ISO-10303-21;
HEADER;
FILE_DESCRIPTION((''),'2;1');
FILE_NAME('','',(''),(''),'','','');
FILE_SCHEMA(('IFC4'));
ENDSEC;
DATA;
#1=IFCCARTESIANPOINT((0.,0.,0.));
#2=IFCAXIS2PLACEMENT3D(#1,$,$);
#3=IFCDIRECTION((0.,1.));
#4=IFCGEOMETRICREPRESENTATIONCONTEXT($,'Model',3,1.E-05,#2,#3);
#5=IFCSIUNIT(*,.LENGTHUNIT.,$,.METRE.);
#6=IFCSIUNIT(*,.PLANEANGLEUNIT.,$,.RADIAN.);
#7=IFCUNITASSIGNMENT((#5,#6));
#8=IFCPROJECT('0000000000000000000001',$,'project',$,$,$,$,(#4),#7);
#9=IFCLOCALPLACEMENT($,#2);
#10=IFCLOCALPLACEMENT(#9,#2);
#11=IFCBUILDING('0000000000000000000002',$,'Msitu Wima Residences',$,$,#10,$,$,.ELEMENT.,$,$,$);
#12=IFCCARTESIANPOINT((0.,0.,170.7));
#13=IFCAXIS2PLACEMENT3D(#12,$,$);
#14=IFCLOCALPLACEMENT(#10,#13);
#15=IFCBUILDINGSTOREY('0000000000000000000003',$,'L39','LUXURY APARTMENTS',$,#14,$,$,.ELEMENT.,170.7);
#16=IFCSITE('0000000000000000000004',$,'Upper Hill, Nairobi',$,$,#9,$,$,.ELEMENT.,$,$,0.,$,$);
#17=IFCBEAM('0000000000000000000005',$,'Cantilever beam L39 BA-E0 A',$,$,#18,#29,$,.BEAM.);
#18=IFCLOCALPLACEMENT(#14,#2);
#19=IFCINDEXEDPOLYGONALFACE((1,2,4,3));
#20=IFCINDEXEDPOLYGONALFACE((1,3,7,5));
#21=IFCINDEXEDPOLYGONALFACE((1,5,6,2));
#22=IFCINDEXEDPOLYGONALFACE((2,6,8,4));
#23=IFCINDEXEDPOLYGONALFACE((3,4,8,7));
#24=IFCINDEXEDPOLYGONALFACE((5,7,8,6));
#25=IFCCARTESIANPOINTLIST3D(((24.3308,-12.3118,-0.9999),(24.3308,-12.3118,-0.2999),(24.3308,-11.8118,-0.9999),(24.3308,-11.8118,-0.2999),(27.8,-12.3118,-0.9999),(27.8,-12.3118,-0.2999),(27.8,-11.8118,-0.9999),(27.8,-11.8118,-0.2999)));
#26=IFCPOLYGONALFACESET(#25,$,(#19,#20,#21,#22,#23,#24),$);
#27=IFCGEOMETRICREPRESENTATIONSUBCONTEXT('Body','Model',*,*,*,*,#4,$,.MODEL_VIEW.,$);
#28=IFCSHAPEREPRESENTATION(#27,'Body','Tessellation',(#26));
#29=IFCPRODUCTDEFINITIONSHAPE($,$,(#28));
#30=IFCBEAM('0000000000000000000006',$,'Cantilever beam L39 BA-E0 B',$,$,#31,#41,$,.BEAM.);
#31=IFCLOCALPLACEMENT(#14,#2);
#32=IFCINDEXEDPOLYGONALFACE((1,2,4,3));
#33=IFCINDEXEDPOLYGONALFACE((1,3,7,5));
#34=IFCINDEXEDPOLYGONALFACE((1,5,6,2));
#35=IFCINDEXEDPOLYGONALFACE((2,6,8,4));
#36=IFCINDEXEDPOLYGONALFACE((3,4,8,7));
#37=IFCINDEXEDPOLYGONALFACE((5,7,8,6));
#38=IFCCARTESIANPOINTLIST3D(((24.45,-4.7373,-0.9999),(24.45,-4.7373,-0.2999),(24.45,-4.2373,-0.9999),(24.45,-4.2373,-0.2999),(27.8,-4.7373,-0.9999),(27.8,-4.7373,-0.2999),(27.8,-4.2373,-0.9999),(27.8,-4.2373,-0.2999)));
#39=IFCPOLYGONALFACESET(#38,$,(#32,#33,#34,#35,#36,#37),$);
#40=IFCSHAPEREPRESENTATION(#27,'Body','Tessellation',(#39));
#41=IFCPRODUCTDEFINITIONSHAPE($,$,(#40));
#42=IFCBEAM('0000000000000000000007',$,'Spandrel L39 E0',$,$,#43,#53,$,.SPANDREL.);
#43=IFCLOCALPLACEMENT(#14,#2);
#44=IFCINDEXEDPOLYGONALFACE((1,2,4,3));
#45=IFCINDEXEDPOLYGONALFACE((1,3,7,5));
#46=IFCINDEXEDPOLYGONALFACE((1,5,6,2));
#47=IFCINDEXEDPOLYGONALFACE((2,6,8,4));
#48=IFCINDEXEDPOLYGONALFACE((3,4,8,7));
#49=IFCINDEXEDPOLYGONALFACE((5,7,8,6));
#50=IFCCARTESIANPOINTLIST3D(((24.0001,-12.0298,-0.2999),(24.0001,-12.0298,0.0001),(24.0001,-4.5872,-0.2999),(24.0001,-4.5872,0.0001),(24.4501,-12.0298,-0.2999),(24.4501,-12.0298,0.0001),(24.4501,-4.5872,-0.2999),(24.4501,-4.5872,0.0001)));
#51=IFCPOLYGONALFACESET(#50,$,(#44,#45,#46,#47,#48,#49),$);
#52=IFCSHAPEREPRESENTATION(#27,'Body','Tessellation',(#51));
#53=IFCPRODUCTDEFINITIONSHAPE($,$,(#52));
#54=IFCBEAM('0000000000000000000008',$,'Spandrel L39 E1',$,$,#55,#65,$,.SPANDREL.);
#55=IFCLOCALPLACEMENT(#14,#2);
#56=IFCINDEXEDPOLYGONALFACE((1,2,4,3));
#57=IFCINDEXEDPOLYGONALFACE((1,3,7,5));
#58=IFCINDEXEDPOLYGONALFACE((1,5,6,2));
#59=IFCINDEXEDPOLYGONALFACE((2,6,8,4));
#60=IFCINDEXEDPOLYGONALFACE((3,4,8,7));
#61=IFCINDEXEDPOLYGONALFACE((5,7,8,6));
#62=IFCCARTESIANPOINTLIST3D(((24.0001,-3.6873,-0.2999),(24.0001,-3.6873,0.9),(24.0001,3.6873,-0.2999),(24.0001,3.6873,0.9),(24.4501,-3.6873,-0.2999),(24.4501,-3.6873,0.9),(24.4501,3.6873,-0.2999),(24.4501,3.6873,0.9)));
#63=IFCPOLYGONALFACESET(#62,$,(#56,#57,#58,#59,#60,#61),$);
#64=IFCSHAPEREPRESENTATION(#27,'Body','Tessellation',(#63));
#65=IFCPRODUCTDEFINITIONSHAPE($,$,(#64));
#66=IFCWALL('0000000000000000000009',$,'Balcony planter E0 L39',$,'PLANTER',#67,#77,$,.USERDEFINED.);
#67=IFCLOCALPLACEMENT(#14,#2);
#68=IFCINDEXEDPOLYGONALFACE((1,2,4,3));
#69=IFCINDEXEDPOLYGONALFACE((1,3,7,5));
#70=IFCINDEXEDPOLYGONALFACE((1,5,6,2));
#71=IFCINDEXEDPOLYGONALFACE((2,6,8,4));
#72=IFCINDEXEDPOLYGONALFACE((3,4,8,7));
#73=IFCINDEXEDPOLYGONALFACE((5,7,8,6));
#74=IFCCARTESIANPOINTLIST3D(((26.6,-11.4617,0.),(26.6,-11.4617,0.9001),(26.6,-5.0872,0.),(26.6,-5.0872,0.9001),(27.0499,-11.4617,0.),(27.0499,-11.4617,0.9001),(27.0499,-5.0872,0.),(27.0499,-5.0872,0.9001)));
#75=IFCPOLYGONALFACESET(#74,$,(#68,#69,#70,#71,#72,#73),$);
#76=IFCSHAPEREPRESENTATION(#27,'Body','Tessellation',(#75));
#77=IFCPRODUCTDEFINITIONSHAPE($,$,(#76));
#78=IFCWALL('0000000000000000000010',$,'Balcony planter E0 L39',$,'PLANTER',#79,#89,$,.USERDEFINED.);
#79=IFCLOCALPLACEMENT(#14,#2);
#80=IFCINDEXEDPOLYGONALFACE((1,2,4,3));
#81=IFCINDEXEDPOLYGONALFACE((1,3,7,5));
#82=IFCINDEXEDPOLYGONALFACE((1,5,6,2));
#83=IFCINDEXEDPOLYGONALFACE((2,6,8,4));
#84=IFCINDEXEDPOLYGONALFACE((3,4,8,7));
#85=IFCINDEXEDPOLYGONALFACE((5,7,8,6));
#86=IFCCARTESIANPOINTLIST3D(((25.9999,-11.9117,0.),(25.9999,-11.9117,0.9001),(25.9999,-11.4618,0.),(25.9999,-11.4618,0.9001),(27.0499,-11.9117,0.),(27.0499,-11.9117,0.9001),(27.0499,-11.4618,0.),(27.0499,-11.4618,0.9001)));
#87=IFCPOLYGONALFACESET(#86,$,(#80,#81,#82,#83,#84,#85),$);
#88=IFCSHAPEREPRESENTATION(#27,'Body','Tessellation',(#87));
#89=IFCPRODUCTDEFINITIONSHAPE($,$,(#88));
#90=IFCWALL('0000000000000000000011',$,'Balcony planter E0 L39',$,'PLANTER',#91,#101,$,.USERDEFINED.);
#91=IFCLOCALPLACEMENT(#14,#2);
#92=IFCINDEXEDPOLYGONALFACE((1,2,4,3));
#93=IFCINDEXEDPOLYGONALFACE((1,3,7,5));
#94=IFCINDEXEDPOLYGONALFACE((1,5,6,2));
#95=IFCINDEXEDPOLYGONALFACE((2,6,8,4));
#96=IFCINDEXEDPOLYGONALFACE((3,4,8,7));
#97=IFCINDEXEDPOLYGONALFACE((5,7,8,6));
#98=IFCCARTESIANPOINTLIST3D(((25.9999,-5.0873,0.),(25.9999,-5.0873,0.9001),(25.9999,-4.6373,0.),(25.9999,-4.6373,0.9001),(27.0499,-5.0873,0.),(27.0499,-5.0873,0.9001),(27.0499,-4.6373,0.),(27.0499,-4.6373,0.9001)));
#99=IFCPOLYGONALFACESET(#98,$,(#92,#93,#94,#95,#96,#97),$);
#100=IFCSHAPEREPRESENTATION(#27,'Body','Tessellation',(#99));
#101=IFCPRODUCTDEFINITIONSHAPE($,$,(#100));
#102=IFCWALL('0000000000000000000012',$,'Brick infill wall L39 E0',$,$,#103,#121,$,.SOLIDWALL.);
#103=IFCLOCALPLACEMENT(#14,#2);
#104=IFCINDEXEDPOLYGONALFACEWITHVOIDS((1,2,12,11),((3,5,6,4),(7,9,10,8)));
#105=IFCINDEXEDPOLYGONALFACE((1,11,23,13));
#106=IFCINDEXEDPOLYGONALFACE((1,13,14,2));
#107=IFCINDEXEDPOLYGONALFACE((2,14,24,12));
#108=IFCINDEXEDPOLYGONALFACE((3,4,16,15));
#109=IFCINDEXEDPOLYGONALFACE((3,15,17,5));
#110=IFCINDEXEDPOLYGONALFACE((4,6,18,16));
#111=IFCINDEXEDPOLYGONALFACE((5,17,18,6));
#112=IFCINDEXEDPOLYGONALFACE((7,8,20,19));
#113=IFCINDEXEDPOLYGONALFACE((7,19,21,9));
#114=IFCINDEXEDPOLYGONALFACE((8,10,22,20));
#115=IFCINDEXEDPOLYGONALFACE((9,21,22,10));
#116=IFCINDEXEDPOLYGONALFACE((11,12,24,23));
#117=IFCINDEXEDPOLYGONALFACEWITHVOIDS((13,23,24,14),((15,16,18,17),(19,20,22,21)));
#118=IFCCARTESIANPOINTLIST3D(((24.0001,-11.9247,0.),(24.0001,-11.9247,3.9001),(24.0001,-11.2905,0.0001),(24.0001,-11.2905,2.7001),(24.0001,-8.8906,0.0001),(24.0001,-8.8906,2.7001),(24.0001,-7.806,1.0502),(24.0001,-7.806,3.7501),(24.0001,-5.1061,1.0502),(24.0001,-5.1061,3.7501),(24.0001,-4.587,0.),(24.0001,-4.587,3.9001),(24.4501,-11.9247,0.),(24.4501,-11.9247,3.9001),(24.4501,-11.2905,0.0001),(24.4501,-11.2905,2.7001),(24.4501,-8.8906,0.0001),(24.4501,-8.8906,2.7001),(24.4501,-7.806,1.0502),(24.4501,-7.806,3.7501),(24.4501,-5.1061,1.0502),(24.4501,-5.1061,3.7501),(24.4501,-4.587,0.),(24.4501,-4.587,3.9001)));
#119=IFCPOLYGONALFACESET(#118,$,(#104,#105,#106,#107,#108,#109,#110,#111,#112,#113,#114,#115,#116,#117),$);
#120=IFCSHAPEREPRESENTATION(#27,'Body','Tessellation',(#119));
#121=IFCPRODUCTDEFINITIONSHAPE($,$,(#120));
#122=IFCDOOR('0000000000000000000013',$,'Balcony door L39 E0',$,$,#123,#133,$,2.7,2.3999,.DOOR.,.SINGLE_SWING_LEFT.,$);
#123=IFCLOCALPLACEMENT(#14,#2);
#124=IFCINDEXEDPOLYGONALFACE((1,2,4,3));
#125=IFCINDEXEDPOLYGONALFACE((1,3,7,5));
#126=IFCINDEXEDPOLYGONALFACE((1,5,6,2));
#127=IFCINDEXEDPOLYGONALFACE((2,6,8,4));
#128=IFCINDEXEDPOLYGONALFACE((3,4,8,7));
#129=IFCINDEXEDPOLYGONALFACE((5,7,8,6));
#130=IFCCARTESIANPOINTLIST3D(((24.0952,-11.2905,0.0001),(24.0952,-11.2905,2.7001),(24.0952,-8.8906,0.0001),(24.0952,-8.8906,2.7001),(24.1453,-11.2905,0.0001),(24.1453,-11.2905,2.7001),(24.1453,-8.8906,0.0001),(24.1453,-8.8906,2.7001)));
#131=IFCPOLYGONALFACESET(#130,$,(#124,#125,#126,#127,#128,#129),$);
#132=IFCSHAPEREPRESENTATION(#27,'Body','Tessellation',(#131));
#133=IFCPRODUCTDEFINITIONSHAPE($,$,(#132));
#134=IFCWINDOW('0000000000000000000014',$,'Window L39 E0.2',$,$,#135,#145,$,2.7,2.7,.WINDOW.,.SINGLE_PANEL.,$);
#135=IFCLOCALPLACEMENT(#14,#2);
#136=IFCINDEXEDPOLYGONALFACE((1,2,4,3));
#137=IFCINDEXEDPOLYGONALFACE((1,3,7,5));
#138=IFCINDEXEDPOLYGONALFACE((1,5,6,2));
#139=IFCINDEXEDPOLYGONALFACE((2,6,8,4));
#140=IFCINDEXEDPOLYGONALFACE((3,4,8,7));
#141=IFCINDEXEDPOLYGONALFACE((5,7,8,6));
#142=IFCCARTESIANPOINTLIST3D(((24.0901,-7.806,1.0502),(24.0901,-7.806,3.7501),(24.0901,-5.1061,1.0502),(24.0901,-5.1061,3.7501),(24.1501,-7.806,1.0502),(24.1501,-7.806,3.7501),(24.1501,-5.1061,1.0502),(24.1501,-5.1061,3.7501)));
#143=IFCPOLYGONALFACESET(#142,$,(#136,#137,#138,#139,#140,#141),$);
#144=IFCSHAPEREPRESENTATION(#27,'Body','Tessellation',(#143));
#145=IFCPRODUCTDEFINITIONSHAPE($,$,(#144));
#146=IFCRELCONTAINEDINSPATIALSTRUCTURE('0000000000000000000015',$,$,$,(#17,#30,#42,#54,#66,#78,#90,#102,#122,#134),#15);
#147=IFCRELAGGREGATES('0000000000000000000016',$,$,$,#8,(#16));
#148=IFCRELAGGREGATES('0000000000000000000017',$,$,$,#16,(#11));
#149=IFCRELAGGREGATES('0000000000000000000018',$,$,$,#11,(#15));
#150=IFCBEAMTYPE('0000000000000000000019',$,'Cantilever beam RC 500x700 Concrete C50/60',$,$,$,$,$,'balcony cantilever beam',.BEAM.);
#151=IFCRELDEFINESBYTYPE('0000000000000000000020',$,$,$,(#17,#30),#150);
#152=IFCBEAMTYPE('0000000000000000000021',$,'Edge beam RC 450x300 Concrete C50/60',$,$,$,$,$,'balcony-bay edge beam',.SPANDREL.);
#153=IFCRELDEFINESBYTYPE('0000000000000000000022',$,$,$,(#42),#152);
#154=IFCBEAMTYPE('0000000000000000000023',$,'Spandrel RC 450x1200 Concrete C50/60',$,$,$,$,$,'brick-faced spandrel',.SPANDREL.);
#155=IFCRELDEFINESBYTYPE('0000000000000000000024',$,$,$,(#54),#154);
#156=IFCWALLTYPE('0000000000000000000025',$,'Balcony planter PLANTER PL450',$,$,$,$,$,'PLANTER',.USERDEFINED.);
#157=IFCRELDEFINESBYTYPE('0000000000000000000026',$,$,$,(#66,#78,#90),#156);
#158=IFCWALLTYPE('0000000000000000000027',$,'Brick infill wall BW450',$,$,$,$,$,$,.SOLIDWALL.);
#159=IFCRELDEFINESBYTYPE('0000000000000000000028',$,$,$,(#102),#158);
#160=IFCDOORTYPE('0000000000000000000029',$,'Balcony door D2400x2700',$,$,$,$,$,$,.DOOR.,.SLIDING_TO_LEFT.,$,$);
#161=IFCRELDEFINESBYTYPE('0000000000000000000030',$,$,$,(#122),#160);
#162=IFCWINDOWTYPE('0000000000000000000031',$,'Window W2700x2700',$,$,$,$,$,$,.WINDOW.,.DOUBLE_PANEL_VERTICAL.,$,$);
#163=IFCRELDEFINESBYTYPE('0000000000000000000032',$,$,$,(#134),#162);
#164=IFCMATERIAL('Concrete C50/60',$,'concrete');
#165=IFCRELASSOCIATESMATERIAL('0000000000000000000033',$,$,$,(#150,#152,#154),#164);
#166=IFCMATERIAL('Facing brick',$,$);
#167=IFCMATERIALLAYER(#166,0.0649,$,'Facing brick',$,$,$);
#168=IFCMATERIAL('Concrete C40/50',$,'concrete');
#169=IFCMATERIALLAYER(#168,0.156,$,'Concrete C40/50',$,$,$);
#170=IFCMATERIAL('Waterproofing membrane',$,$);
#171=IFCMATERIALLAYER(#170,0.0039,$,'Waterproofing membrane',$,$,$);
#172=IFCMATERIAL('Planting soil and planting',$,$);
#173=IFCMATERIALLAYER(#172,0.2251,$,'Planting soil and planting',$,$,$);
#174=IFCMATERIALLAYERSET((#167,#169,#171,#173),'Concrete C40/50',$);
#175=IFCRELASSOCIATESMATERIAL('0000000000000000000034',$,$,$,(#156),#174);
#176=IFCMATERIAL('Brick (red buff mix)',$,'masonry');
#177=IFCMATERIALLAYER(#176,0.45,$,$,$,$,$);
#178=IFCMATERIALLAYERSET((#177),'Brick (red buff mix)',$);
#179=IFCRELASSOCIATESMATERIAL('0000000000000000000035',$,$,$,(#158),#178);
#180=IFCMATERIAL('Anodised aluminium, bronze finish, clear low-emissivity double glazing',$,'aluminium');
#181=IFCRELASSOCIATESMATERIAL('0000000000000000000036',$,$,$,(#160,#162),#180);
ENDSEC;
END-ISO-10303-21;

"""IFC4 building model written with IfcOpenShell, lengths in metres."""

from ifc_helpers import new_model, si_unit, direction, frame, frame_2d, origin, origin_2d, place, context, subcontext, project, spatial, rectangle, extrude, material, layer, layer_set, material_profile, profile_set, type_object, element, fill, save


model = new_model("IFC4")

# Units and contexts
model_context = context("Model", 3, precision=1e-05, world=origin(), true_north=direction((0.0, 1.0)))
body_context = subcontext(model_context, "Body", "Model", "MODEL_VIEW")
ifc_project = project(units=[si_unit("LENGTHUNIT", "METRE"), si_unit("PLANEANGLEUNIT", "RADIAN")], contexts=[model_context])

# Site, building, storey
site_placement = place(None, origin())
site = spatial("IfcSite", under=ifc_project, at=site_placement, Name="Upper Hill, Nairobi", CompositionType="ELEMENT", RefElevation=0.0)
building_placement = place(site_placement, origin())
building = spatial("IfcBuilding", under=site, at=building_placement, Name="Msitu Wima Residences", CompositionType="ELEMENT")
storey_placement = place(building_placement, frame((0.0, 0.0, 170.7)))
storey = spatial("IfcBuildingStorey", under=building, at=storey_placement, Name="L39", Description="LUXURY APARTMENTS", CompositionType="ELEMENT", Elevation=170.7)

# Beams
ifc_material_1 = material(Name="Concrete C50/60", Category="concrete")
ifc_material_profile_1 = material_profile(ifc_material_1, rectangle(XDim=0.5, YDim=0.7, at=origin_2d()), Name="RC 500x700")
ifc_profile_set_1 = profile_set([ifc_material_profile_1], Name="Concrete C50/60")
beam_type_1 = type_object("IfcBeamType", Name="Cantilever beam RC 500x700 Concrete C50/60", ElementType="balcony cantilever beam", PredefinedType="BEAM", material=ifc_profile_set_1)
beam_1_placement = place(storey_placement, frame((24.3308, -12.0618, -0.6499), z_axis=(1.0, 0.0, 0.0), x_axis=(0.0, 1.0, 0.0)))
element("IfcBeam", 1, at=beam_1_placement, inside=storey, type_object=beam_type_1, Name="Cantilever beam L39 BA-E0 A", PredefinedType="BEAM", context=body_context, shape_type="SweptSolid", body=[
    extrude(rectangle(XDim=0.5, YDim=0.7, at=origin_2d()), origin(), (0.0, 0.0, 1.0), 3.4692),
])
beam_2_placement = place(storey_placement, frame((24.45, -4.4873, -0.6499), z_axis=(1.0, 0.0, 0.0), x_axis=(0.0, 1.0, 0.0)))
element("IfcBeam", 2, at=beam_2_placement, inside=storey, type_object=beam_type_1, Name="Cantilever beam L39 BA-E0 B", PredefinedType="BEAM", context=body_context, shape_type="SweptSolid", body=[
    extrude(rectangle(XDim=0.5, YDim=0.7, at=origin_2d()), origin(), (0.0, 0.0, 1.0), 3.3501),
])
ifc_material_profile_2 = material_profile(ifc_material_1, rectangle(XDim=0.45, YDim=0.3, at=origin_2d()), Name="RC 450x300")
ifc_profile_set_2 = profile_set([ifc_material_profile_2], Name="Concrete C50/60")
beam_type_2 = type_object("IfcBeamType", Name="Edge beam RC 450x300 Concrete C50/60", ElementType="balcony-bay edge beam", PredefinedType="SPANDREL", material=ifc_profile_set_2)
beam_3_placement = place(storey_placement, frame((24.2251, -12.0298, -0.1499), z_axis=(0.0, 1.0, 0.0), x_axis=(-1.0, 0.0, 0.0)))
element("IfcBeam", 3, at=beam_3_placement, inside=storey, type_object=beam_type_2, Name="Spandrel L39 E0", PredefinedType="SPANDREL", context=body_context, shape_type="SweptSolid", body=[
    extrude(rectangle(XDim=0.45, YDim=0.3, at=origin_2d()), origin(), (0.0, 0.0, 1.0), 7.4426),
])
ifc_material_profile_3 = material_profile(ifc_material_1, rectangle(XDim=0.45, YDim=1.2, at=origin_2d()), Name="RC 450x1200")
ifc_profile_set_3 = profile_set([ifc_material_profile_3], Name="Concrete C50/60")
beam_type_3 = type_object("IfcBeamType", Name="Spandrel RC 450x1200 Concrete C50/60", ElementType="brick-faced spandrel", PredefinedType="SPANDREL", material=ifc_profile_set_3)
beam_4_placement = place(storey_placement, frame((24.2251, -3.6873, 0.3), z_axis=(0.0, 1.0, 0.0), x_axis=(-1.0, 0.0, 0.0)))
element("IfcBeam", 4, at=beam_4_placement, inside=storey, type_object=beam_type_3, Name="Spandrel L39 E1", PredefinedType="SPANDREL", context=body_context, shape_type="SweptSolid", body=[
    extrude(rectangle(XDim=0.45, YDim=1.2, at=origin_2d()), origin(), (0.0, 0.0, 1.0), 7.3745),
])

# Walls
ifc_material_2 = material(Name="Facing brick")
ifc_layer_1 = layer(ifc_material_2, 0.0649, Name="Facing brick")
ifc_material_3 = material(Name="Concrete C40/50", Category="concrete")
ifc_layer_2 = layer(ifc_material_3, 0.156, Name="Concrete C40/50")
ifc_material_4 = material(Name="Waterproofing membrane")
ifc_layer_3 = layer(ifc_material_4, 0.0039, Name="Waterproofing membrane")
ifc_material_5 = material(Name="Planting soil and planting")
ifc_layer_4 = layer(ifc_material_5, 0.2251, Name="Planting soil and planting")
ifc_layer_set_1 = layer_set([ifc_layer_1, ifc_layer_2, ifc_layer_3, ifc_layer_4], Name="Concrete C40/50")
wall_type_1 = type_object("IfcWallType", Name="Balcony planter PLANTER PL450", ElementType="PLANTER", PredefinedType="USERDEFINED", material=ifc_layer_set_1)
wall_1_placement = place(storey_placement, frame((26.825, -11.4617, 0.0), z_axis=(0.0, 0.0, 1.0), x_axis=(0.0, 1.0, 0.0)))
element("IfcWall", 5, at=wall_1_placement, inside=storey, type_object=wall_type_1, Name="Balcony planter E0 L39", ObjectType="PLANTER", PredefinedType="USERDEFINED", context=body_context, shape_type="SweptSolid", body=[
    extrude(rectangle(XDim=6.3745, YDim=0.45, at=frame_2d((3.1873, 0.0))), origin(), (0.0, 0.0, 1.0), 0.9001),
])
for number, where, z_axis, x_axis, name in (
    (6, (26.0, -11.6868, 0.0), (0.0, 0.0, 1.0), (1.0, 0.0, 0.0), "Balcony planter E0 L39"),
    (7, (26.0, -4.8623, 0.0), (0.0, 0.0, 1.0), (1.0, 0.0, 0.0), "Balcony planter E0 L39"),
):
    element("IfcWall", number, at=place(storey_placement, frame(where, z_axis=z_axis, x_axis=x_axis)), inside=storey, type_object=wall_type_1, Name=name, ObjectType="PLANTER", PredefinedType="USERDEFINED", context=body_context, shape_type="SweptSolid", body=[
        extrude(rectangle(XDim=1.05, YDim=0.45, at=frame_2d((0.5249, 0.0))), origin(), (0.0, 0.0, 1.0), 0.9001),
    ])

# Wall, openings, door, window
ifc_material_6 = material(Name="Brick (red buff mix)", Category="masonry")
ifc_layer_5 = layer(ifc_material_6, 0.45)
ifc_layer_set_2 = layer_set([ifc_layer_5], Name="Brick (red buff mix)")
wall_type_2 = type_object("IfcWallType", Name="Brick infill wall BW450", PredefinedType="SOLIDWALL", material=ifc_layer_set_2)
wall_2_placement = place(storey_placement, frame((24.2251, -11.9248, 0.0), z_axis=(0.0, 0.0, 1.0), x_axis=(0.0, 1.0, 0.0)))
wall_2 = element("IfcWall", 8, at=wall_2_placement, inside=storey, type_object=wall_type_2, Name="Brick infill wall L39 E0", PredefinedType="SOLIDWALL", context=body_context, shape_type="SweptSolid", body=[
    extrude(rectangle(XDim=7.3376, YDim=0.45, at=frame_2d((3.6689, 0.0))), origin(), (0.0, 0.0, 1.0), 3.9001),
])
opening_1_placement = place(wall_2_placement, frame((0.6343, 0.0, 0.0)))
opening_1 = element("IfcOpeningElement", 9, at=opening_1_placement, cuts=wall_2, PredefinedType="OPENING", context=body_context, shape_type="SweptSolid", body=[
    extrude(rectangle(XDim=2.3999, YDim=2.7, at=frame_2d((1.2, 1.3501))), frame((0.0, 0.2349, 0.0), z_axis=(0.0, -1.0, 0.0), x_axis=(1.0, 0.0, 0.0)), (0.0, 0.0, 1.0), 0.47),
])
opening_2_placement = place(wall_2_placement, frame((4.1187, 0.0, 1.05)))
opening_2 = element("IfcOpeningElement", 10, at=opening_2_placement, cuts=wall_2, PredefinedType="OPENING", context=body_context, shape_type="SweptSolid", body=[
    extrude(rectangle(XDim=2.7, YDim=2.7, at=frame_2d((1.3501, 1.3501))), frame((0.0, 0.2349, 0.0), z_axis=(0.0, -1.0, 0.0), x_axis=(1.0, 0.0, 0.0)), (0.0, 0.0, 1.0), 0.47),
])
ifc_material_7 = material(Name="Anodised aluminium, bronze finish, clear low-emissivity double glazing", Category="aluminium")
door_type = type_object("IfcDoorType", Name="Balcony door D2400x2700", OperationType="SLIDING_TO_LEFT", PredefinedType="DOOR", material=ifc_material_7)
door_placement = place(opening_1_placement, origin())
door = element("IfcDoor", 11, at=door_placement, inside=storey, type_object=door_type, Name="Balcony door L39 E0", OperationType="SINGLE_SWING_LEFT", OverallHeight=2.7, OverallWidth=2.3999, PredefinedType="DOOR", context=body_context, shape_type="SweptSolid", body=[
    extrude(rectangle(XDim=2.3999, YDim=2.7, at=frame_2d((1.2, 1.3501))), frame((0.0, 0.1299, 0.0), z_axis=(0.0, -1.0, 0.0), x_axis=(1.0, 0.0, 0.0)), (0.0, 0.0, 1.0), 0.05),
])
fill(opening_1, door)
window_type = type_object("IfcWindowType", Name="Window W2700x2700", PartitioningType="DOUBLE_PANEL_VERTICAL", PredefinedType="WINDOW", material=ifc_material_7)
window_1_placement = place(opening_2_placement, origin())
window_1 = element("IfcWindow", 12, at=window_1_placement, inside=storey, type_object=window_type, Name="Window L39 E0.2", OverallHeight=2.7, OverallWidth=2.7, PartitioningType="SINGLE_PANEL", PredefinedType="WINDOW", context=body_context, shape_type="SweptSolid", body=[
    extrude(rectangle(XDim=2.7, YDim=2.7, at=frame_2d((1.3501, 1.3501))), frame((0.0, 0.135, 0.0), z_axis=(0.0, -1.0, 0.0), x_axis=(1.0, 0.0, 0.0)), (0.0, 0.0, 1.0), 0.0601),
])
fill(opening_2, window_1)

save(model, "model.ifc")
